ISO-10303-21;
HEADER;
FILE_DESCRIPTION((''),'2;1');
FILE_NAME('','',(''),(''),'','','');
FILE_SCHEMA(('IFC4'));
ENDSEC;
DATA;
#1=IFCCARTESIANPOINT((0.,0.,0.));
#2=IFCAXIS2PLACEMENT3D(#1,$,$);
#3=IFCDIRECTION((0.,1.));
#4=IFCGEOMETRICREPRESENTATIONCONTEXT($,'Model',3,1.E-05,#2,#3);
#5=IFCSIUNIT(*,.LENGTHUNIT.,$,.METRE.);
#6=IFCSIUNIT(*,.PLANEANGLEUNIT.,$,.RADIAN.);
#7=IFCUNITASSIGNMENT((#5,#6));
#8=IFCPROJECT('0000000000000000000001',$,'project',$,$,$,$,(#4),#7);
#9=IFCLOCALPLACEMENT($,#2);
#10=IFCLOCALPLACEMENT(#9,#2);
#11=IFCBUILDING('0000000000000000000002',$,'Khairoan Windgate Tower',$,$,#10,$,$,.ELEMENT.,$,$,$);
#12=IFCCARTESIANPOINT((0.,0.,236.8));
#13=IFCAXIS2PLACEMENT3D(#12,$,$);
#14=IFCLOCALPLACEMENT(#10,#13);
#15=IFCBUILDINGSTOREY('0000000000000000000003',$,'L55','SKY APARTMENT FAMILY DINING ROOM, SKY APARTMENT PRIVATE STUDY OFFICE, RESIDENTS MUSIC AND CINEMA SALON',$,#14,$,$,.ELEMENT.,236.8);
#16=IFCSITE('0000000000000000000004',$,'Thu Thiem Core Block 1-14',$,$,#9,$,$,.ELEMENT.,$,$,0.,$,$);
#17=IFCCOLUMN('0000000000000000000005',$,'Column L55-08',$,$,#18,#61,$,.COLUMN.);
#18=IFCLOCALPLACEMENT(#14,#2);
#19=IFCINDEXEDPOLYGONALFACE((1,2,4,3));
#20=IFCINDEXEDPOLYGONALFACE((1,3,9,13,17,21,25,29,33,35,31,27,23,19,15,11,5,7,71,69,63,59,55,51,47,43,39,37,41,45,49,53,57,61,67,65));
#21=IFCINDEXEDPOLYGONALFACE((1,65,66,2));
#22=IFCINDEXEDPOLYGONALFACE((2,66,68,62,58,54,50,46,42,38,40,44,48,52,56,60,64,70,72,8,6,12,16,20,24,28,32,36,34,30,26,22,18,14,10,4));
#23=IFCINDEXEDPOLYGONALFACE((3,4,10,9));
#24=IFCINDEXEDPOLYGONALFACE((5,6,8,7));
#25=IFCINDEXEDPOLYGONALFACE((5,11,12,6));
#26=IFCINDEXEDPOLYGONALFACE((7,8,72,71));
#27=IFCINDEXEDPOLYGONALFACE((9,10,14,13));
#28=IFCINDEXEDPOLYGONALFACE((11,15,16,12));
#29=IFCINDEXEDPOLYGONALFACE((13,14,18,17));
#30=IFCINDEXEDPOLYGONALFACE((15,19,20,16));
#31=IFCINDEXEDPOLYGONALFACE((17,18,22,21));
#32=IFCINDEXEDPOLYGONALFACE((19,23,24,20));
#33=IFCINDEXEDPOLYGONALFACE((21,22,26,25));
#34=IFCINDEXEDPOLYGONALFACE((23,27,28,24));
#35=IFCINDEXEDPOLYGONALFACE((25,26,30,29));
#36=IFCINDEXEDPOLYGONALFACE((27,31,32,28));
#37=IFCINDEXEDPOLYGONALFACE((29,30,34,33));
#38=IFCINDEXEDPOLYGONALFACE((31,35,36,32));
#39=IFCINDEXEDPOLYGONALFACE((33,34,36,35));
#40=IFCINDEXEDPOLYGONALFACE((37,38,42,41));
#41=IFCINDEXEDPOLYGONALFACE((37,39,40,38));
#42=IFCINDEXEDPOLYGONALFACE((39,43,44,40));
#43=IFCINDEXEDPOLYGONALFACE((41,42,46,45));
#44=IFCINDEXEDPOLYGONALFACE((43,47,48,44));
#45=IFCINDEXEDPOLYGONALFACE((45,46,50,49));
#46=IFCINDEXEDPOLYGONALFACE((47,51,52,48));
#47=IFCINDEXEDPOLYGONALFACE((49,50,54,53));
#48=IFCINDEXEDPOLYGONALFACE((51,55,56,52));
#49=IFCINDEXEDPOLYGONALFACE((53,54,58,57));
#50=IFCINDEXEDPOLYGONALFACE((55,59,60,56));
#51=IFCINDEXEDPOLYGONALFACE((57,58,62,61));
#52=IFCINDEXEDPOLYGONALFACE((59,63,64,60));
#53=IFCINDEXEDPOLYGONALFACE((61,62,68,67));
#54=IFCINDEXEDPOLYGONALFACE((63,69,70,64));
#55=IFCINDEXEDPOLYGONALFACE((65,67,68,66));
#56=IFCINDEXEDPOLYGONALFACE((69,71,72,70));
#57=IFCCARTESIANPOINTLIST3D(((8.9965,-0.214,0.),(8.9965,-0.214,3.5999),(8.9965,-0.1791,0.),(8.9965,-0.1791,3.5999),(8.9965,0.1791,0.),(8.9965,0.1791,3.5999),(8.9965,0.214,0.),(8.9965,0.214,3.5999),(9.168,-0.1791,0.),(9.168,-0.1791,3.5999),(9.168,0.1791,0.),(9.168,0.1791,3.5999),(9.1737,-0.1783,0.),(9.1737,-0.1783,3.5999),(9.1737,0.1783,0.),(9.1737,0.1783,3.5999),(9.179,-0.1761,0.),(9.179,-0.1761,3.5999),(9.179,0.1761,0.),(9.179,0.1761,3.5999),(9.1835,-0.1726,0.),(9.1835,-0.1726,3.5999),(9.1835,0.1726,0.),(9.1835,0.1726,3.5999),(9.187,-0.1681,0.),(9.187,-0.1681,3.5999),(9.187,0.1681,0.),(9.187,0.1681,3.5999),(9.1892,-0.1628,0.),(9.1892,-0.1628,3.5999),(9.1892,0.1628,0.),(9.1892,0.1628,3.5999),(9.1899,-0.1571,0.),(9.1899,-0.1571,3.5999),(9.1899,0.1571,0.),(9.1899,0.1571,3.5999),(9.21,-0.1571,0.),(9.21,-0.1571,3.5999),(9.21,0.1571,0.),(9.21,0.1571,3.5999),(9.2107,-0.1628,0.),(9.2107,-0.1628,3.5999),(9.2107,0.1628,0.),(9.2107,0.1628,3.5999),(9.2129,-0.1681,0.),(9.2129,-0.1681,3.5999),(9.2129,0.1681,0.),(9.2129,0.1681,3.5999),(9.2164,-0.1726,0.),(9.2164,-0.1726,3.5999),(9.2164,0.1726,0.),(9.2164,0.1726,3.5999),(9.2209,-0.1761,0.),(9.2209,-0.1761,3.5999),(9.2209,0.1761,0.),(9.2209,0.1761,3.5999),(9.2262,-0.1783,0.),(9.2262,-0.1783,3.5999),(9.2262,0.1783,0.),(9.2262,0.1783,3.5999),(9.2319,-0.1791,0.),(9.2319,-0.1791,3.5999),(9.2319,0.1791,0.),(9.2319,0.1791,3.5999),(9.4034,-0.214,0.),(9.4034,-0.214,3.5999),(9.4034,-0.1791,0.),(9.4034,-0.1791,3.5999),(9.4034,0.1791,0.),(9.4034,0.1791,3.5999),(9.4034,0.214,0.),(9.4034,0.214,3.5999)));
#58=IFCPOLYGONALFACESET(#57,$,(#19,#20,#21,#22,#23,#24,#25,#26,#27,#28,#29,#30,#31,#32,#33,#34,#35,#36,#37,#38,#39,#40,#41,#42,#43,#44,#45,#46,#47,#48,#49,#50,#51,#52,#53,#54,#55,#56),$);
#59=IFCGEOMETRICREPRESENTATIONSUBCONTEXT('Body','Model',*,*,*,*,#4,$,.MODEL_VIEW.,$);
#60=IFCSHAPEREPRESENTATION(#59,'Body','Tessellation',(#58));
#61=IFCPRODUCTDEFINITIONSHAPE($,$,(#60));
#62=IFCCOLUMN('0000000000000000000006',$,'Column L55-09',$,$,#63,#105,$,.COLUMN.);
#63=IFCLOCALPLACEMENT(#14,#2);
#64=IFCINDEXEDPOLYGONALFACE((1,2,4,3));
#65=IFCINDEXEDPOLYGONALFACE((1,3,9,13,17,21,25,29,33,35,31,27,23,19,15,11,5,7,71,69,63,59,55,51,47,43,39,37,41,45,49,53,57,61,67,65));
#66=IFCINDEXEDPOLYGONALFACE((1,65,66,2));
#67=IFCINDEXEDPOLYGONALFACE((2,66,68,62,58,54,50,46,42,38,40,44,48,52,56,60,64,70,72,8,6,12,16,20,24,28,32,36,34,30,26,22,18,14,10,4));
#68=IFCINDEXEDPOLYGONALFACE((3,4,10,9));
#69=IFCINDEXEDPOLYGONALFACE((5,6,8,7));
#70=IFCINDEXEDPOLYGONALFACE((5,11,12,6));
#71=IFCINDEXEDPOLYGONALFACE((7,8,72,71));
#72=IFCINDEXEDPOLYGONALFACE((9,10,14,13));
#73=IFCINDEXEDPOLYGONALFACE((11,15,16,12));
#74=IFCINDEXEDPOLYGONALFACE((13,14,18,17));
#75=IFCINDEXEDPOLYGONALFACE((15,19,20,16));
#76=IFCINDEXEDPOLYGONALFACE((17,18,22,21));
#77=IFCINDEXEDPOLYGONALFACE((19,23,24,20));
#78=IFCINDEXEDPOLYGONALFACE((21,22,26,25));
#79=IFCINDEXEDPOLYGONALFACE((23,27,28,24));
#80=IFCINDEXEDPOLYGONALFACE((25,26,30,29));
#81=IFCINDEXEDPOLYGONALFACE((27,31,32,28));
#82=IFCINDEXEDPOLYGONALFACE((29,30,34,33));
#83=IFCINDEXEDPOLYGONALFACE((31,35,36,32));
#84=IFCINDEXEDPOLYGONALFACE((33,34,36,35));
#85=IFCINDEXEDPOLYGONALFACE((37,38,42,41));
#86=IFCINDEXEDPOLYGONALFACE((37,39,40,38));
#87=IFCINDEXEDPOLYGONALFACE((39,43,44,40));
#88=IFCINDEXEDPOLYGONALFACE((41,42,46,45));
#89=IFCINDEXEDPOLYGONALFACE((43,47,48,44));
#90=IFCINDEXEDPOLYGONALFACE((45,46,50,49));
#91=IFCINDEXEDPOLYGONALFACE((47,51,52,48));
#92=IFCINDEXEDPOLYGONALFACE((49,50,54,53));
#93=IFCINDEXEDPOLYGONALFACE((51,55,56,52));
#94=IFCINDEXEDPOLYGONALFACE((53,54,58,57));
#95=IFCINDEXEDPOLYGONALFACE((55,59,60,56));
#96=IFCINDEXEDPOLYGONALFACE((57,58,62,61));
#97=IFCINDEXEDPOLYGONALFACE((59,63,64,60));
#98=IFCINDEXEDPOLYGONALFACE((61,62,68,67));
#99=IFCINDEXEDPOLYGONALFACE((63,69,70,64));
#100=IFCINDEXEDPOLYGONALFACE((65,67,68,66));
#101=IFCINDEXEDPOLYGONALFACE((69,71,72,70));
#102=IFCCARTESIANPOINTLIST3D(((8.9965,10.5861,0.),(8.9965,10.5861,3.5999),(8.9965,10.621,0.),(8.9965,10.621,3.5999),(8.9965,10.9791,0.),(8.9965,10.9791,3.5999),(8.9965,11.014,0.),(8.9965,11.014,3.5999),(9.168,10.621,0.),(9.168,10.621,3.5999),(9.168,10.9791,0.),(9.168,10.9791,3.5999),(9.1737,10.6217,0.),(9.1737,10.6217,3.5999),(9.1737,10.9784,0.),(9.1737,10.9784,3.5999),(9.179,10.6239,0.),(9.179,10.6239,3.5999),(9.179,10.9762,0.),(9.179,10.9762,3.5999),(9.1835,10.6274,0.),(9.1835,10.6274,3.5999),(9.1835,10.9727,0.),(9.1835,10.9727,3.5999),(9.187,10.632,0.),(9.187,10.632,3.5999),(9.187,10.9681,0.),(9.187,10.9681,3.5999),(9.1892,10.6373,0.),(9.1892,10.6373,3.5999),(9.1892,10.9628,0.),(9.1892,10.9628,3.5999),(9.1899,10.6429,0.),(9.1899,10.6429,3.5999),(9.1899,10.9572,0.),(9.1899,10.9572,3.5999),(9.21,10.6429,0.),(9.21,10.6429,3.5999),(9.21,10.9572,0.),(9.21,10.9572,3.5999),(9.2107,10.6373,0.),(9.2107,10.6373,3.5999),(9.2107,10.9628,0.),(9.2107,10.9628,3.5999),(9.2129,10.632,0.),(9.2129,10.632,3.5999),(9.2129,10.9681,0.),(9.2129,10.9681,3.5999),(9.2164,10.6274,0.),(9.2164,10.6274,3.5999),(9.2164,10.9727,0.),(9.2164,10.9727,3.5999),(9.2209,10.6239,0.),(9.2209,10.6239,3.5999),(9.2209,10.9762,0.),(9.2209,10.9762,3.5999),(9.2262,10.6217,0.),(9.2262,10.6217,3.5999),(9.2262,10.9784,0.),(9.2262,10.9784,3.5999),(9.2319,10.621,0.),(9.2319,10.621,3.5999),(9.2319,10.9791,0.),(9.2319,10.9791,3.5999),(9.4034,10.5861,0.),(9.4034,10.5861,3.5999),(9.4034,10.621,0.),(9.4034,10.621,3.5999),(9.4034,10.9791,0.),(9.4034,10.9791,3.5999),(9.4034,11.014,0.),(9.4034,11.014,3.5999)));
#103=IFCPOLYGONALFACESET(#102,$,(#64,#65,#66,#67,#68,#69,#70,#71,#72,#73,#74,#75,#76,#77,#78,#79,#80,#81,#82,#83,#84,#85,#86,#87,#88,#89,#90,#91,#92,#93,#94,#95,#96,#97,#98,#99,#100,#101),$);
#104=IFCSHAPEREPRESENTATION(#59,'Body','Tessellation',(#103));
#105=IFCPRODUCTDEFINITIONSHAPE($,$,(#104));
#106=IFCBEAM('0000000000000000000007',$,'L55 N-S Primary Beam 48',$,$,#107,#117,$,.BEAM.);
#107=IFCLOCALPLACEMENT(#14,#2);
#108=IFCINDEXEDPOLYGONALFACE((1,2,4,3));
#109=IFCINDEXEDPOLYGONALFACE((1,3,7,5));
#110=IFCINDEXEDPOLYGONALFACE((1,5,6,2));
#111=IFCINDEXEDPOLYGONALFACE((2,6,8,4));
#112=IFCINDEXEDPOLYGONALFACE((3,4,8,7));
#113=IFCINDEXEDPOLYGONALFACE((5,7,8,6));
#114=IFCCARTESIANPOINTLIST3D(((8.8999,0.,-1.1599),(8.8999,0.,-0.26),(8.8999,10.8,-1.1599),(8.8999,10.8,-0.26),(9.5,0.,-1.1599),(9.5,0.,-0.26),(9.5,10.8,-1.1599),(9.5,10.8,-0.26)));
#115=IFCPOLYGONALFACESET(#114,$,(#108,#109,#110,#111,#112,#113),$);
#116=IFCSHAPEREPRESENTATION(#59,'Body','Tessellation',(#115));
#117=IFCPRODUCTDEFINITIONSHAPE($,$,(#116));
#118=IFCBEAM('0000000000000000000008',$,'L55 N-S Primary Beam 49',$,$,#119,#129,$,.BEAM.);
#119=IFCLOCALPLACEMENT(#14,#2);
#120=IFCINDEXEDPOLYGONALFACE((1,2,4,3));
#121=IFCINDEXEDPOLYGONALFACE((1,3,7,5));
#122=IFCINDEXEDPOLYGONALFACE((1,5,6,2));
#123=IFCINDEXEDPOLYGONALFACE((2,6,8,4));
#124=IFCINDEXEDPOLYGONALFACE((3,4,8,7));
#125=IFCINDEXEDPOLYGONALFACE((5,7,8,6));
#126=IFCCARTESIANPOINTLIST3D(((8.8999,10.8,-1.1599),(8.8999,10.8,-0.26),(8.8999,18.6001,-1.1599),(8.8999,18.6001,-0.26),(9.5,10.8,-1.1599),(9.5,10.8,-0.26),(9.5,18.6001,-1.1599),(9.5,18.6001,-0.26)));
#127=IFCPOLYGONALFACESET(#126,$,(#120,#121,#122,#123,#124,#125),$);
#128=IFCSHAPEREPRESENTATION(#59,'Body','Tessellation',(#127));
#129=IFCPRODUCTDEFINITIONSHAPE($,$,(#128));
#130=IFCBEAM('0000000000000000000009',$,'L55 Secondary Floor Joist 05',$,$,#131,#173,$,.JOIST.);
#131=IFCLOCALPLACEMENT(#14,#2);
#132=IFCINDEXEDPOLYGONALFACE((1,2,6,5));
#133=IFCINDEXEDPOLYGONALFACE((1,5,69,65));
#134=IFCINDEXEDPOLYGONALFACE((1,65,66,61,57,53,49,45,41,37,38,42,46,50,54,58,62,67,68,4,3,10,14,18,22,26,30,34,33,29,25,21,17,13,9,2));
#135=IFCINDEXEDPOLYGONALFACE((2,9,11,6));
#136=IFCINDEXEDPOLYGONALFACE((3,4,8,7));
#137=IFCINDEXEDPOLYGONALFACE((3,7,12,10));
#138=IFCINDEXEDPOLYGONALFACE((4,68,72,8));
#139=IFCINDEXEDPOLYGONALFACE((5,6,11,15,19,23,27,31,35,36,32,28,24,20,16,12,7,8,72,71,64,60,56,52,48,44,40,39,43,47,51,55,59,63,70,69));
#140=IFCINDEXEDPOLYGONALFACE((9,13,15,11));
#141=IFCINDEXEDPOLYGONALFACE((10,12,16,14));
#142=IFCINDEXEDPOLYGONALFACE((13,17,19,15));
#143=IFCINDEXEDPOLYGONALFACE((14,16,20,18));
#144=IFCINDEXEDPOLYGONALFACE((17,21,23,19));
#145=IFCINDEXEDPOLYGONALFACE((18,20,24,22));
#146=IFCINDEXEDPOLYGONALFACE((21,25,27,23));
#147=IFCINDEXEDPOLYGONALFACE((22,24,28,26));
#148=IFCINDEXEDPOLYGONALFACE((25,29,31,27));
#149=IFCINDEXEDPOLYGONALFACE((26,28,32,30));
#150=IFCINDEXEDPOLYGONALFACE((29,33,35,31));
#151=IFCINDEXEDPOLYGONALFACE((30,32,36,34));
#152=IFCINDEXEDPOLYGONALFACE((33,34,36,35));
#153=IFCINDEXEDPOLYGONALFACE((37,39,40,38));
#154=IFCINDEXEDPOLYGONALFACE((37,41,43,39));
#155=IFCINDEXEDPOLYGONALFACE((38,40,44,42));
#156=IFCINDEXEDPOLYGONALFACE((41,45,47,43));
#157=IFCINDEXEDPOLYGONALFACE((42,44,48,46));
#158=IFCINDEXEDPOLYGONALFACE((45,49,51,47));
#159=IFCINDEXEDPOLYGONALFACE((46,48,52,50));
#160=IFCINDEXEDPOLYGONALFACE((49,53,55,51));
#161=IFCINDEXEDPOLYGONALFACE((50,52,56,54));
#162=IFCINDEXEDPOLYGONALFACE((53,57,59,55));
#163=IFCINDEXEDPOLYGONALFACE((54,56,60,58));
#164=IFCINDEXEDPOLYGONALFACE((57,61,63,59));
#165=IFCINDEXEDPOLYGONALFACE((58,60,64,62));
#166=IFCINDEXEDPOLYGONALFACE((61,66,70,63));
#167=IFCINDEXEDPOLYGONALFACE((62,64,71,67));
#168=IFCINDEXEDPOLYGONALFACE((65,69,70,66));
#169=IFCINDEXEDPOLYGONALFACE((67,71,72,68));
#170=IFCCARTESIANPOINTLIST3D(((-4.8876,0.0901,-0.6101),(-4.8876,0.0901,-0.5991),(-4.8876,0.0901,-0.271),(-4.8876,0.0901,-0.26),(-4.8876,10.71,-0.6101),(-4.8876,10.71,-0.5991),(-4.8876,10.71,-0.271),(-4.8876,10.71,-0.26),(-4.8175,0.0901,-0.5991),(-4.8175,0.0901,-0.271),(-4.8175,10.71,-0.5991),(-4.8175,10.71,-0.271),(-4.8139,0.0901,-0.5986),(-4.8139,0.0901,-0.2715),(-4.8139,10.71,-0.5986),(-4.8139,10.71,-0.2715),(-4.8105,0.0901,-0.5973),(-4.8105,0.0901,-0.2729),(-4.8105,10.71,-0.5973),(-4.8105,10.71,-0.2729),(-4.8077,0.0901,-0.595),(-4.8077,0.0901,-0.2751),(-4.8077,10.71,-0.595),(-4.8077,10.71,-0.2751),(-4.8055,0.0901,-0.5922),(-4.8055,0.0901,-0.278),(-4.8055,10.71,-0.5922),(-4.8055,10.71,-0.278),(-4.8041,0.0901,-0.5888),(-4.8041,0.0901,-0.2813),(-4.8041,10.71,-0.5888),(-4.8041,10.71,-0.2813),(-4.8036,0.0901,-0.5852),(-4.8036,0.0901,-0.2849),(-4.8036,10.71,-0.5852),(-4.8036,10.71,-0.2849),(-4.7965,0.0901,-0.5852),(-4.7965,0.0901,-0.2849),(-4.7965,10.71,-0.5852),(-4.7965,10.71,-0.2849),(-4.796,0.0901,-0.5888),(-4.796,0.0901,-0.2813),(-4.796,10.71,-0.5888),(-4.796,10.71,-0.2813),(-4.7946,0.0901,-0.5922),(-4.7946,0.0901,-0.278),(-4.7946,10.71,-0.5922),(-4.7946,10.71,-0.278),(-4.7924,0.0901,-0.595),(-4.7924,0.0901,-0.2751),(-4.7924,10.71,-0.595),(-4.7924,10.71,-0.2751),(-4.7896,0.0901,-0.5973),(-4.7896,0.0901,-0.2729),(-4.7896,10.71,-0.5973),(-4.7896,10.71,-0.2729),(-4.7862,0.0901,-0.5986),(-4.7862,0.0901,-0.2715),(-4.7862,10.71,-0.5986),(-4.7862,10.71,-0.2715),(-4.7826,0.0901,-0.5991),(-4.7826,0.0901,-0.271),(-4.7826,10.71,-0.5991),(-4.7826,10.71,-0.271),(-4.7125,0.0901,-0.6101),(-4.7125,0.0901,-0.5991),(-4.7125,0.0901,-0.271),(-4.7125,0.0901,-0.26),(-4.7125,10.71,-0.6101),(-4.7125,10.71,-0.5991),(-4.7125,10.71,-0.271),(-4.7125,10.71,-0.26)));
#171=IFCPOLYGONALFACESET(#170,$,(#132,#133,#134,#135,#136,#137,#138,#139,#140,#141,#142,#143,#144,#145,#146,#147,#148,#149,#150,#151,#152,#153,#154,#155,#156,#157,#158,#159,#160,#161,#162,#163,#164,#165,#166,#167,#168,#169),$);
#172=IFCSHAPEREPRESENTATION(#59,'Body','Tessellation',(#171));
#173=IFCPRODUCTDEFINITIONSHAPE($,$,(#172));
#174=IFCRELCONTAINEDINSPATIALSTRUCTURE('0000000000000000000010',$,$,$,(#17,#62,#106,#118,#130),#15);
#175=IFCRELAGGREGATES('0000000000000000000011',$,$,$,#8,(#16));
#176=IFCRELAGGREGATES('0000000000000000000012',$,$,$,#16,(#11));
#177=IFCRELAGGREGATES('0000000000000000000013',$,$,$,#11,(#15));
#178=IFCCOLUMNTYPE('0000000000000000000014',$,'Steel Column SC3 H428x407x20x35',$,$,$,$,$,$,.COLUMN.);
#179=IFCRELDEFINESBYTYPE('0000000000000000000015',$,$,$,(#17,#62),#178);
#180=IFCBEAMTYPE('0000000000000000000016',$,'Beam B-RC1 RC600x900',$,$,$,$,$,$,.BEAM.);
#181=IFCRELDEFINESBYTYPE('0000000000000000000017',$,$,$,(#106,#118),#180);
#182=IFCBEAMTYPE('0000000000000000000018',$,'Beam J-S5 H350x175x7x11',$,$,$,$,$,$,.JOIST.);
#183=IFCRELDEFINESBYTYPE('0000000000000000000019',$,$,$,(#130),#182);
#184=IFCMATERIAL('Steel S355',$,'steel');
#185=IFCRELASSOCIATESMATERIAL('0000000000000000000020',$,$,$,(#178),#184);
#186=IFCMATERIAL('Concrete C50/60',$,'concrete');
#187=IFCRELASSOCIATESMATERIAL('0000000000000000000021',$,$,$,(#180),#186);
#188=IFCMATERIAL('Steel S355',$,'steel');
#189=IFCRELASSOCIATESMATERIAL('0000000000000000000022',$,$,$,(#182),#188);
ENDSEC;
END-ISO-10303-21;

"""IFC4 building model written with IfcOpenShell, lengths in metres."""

from ifc_helpers import new_model, si_unit, direction, frame, origin, origin_2d, place, context, subcontext, project, spatial, rectangle, i_section, extrude, material, material_profile, profile_set, type_object, element, save


model = new_model("IFC4")

# Units and contexts
model_context = context("Model", 3, precision=1e-05, world=origin(), true_north=direction((0.0, 1.0)))
body_context = subcontext(model_context, "Body", "Model", "MODEL_VIEW")
ifc_project = project(units=[si_unit("LENGTHUNIT", "METRE"), si_unit("PLANEANGLEUNIT", "RADIAN")], contexts=[model_context])

# Site, building, storey
site_placement = place(None, origin())
site = spatial("IfcSite", under=ifc_project, at=site_placement, Name="Thu Thiem Core Block 1-14", CompositionType="ELEMENT", RefElevation=0.0)
building_placement = place(site_placement, origin())
building = spatial("IfcBuilding", under=site, at=building_placement, Name="Khairoan Windgate Tower", CompositionType="ELEMENT")
storey_placement = place(building_placement, frame((0.0, 0.0, 236.8)))
storey = spatial("IfcBuildingStorey", under=building, at=storey_placement, Name="L55", Description="SKY APARTMENT FAMILY DINING ROOM, SKY APARTMENT PRIVATE STUDY OFFICE, RESIDENTS MUSIC AND CINEMA SALON", CompositionType="ELEMENT", Elevation=236.8)

# Columns
ifc_material_1 = material(Name="Steel S355", Category="steel")
ifc_material_profile_1 = material_profile(ifc_material_1, i_section(OverallWidth=0.407, OverallDepth=0.428, WebThickness=0.02, FlangeThickness=0.0349, FilletRadius=0.022, at=origin_2d()))
ifc_profile_set_1 = profile_set([ifc_material_profile_1], Name="Steel S355")
column_type = type_object("IfcColumnType", Name="Steel Column SC3 H428x407x20x35", PredefinedType="COLUMN", material=ifc_profile_set_1)
for number, where, z_axis, x_axis, name in (
    (1, (9.2, 0.0, 0.0), (0.0, 0.0, 1.0), (1.0, 0.0, 0.0), "Column L55-08"),
    (2, (9.2, 10.8, 0.0), (0.0, 0.0, 1.0), (1.0, 0.0, 0.0), "Column L55-09"),
):
    element("IfcColumn", number, at=place(storey_placement, frame(where, z_axis=z_axis, x_axis=x_axis)), inside=storey, type_object=column_type, Name=name, PredefinedType="COLUMN", context=body_context, shape_type="SweptSolid", body=[
        extrude(i_section(OverallWidth=0.407, OverallDepth=0.428, WebThickness=0.02, FlangeThickness=0.0349, FilletRadius=0.022, at=origin_2d()), origin(), (0.0, 0.0, 1.0), 3.5999),
    ])

# Beams
ifc_material_2 = material(Name="Concrete C50/60", Category="concrete")
ifc_material_profile_2 = material_profile(ifc_material_2, rectangle(XDim=0.6001, YDim=0.8999, at=origin_2d()))
ifc_profile_set_2 = profile_set([ifc_material_profile_2], Name="Concrete C50/60")
beam_type_1 = type_object("IfcBeamType", Name="Beam B-RC1 RC600x900", PredefinedType="BEAM", material=ifc_profile_set_2)
beam_1_placement = place(storey_placement, frame((9.2, 0.0, -0.71), z_axis=(0.0, 1.0, 0.0), x_axis=(-1.0, 0.0, 0.0)))
element("IfcBeam", 3, at=beam_1_placement, inside=storey, type_object=beam_type_1, Name="L55 N-S Primary Beam 48", PredefinedType="BEAM", context=body_context, shape_type="SweptSolid", body=[
    extrude(rectangle(XDim=0.6001, YDim=0.8999, at=origin_2d()), origin(), (0.0, 0.0, 1.0), 10.8),
])
beam_2_placement = place(storey_placement, frame((9.2, 10.8, -0.71), z_axis=(0.0, 1.0, 0.0), x_axis=(-1.0, 0.0, 0.0)))
element("IfcBeam", 4, at=beam_2_placement, inside=storey, type_object=beam_type_1, Name="L55 N-S Primary Beam 49", PredefinedType="BEAM", context=body_context, shape_type="SweptSolid", body=[
    extrude(rectangle(XDim=0.6001, YDim=0.8999, at=origin_2d()), origin(), (0.0, 0.0, 1.0), 7.8),
])
ifc_material_3 = material(Name="Steel S355", Category="steel")
ifc_material_profile_3 = material_profile(ifc_material_3, i_section(OverallWidth=0.175, OverallDepth=0.3501, WebThickness=0.0071, FlangeThickness=0.011, FilletRadius=0.0139, at=origin_2d()))
ifc_profile_set_3 = profile_set([ifc_material_profile_3], Name="Steel S355")
beam_type_2 = type_object("IfcBeamType", Name="Beam J-S5 H350x175x7x11", PredefinedType="JOIST", material=ifc_profile_set_3)
beam_3_placement = place(storey_placement, frame((-4.8, 0.0901, -0.4351), z_axis=(0.0, 1.0, 0.0), x_axis=(-1.0, 0.0, 0.0)))
element("IfcBeam", 5, at=beam_3_placement, inside=storey, type_object=beam_type_2, Name="L55 Secondary Floor Joist 05", PredefinedType="JOIST", context=body_context, shape_type="SweptSolid", body=[
    extrude(i_section(OverallWidth=0.175, OverallDepth=0.3501, WebThickness=0.0071, FlangeThickness=0.011, FilletRadius=0.0139, at=origin_2d()), origin(), (0.0, 0.0, 1.0), 10.6199),
])

save(model, "model.ifc")
